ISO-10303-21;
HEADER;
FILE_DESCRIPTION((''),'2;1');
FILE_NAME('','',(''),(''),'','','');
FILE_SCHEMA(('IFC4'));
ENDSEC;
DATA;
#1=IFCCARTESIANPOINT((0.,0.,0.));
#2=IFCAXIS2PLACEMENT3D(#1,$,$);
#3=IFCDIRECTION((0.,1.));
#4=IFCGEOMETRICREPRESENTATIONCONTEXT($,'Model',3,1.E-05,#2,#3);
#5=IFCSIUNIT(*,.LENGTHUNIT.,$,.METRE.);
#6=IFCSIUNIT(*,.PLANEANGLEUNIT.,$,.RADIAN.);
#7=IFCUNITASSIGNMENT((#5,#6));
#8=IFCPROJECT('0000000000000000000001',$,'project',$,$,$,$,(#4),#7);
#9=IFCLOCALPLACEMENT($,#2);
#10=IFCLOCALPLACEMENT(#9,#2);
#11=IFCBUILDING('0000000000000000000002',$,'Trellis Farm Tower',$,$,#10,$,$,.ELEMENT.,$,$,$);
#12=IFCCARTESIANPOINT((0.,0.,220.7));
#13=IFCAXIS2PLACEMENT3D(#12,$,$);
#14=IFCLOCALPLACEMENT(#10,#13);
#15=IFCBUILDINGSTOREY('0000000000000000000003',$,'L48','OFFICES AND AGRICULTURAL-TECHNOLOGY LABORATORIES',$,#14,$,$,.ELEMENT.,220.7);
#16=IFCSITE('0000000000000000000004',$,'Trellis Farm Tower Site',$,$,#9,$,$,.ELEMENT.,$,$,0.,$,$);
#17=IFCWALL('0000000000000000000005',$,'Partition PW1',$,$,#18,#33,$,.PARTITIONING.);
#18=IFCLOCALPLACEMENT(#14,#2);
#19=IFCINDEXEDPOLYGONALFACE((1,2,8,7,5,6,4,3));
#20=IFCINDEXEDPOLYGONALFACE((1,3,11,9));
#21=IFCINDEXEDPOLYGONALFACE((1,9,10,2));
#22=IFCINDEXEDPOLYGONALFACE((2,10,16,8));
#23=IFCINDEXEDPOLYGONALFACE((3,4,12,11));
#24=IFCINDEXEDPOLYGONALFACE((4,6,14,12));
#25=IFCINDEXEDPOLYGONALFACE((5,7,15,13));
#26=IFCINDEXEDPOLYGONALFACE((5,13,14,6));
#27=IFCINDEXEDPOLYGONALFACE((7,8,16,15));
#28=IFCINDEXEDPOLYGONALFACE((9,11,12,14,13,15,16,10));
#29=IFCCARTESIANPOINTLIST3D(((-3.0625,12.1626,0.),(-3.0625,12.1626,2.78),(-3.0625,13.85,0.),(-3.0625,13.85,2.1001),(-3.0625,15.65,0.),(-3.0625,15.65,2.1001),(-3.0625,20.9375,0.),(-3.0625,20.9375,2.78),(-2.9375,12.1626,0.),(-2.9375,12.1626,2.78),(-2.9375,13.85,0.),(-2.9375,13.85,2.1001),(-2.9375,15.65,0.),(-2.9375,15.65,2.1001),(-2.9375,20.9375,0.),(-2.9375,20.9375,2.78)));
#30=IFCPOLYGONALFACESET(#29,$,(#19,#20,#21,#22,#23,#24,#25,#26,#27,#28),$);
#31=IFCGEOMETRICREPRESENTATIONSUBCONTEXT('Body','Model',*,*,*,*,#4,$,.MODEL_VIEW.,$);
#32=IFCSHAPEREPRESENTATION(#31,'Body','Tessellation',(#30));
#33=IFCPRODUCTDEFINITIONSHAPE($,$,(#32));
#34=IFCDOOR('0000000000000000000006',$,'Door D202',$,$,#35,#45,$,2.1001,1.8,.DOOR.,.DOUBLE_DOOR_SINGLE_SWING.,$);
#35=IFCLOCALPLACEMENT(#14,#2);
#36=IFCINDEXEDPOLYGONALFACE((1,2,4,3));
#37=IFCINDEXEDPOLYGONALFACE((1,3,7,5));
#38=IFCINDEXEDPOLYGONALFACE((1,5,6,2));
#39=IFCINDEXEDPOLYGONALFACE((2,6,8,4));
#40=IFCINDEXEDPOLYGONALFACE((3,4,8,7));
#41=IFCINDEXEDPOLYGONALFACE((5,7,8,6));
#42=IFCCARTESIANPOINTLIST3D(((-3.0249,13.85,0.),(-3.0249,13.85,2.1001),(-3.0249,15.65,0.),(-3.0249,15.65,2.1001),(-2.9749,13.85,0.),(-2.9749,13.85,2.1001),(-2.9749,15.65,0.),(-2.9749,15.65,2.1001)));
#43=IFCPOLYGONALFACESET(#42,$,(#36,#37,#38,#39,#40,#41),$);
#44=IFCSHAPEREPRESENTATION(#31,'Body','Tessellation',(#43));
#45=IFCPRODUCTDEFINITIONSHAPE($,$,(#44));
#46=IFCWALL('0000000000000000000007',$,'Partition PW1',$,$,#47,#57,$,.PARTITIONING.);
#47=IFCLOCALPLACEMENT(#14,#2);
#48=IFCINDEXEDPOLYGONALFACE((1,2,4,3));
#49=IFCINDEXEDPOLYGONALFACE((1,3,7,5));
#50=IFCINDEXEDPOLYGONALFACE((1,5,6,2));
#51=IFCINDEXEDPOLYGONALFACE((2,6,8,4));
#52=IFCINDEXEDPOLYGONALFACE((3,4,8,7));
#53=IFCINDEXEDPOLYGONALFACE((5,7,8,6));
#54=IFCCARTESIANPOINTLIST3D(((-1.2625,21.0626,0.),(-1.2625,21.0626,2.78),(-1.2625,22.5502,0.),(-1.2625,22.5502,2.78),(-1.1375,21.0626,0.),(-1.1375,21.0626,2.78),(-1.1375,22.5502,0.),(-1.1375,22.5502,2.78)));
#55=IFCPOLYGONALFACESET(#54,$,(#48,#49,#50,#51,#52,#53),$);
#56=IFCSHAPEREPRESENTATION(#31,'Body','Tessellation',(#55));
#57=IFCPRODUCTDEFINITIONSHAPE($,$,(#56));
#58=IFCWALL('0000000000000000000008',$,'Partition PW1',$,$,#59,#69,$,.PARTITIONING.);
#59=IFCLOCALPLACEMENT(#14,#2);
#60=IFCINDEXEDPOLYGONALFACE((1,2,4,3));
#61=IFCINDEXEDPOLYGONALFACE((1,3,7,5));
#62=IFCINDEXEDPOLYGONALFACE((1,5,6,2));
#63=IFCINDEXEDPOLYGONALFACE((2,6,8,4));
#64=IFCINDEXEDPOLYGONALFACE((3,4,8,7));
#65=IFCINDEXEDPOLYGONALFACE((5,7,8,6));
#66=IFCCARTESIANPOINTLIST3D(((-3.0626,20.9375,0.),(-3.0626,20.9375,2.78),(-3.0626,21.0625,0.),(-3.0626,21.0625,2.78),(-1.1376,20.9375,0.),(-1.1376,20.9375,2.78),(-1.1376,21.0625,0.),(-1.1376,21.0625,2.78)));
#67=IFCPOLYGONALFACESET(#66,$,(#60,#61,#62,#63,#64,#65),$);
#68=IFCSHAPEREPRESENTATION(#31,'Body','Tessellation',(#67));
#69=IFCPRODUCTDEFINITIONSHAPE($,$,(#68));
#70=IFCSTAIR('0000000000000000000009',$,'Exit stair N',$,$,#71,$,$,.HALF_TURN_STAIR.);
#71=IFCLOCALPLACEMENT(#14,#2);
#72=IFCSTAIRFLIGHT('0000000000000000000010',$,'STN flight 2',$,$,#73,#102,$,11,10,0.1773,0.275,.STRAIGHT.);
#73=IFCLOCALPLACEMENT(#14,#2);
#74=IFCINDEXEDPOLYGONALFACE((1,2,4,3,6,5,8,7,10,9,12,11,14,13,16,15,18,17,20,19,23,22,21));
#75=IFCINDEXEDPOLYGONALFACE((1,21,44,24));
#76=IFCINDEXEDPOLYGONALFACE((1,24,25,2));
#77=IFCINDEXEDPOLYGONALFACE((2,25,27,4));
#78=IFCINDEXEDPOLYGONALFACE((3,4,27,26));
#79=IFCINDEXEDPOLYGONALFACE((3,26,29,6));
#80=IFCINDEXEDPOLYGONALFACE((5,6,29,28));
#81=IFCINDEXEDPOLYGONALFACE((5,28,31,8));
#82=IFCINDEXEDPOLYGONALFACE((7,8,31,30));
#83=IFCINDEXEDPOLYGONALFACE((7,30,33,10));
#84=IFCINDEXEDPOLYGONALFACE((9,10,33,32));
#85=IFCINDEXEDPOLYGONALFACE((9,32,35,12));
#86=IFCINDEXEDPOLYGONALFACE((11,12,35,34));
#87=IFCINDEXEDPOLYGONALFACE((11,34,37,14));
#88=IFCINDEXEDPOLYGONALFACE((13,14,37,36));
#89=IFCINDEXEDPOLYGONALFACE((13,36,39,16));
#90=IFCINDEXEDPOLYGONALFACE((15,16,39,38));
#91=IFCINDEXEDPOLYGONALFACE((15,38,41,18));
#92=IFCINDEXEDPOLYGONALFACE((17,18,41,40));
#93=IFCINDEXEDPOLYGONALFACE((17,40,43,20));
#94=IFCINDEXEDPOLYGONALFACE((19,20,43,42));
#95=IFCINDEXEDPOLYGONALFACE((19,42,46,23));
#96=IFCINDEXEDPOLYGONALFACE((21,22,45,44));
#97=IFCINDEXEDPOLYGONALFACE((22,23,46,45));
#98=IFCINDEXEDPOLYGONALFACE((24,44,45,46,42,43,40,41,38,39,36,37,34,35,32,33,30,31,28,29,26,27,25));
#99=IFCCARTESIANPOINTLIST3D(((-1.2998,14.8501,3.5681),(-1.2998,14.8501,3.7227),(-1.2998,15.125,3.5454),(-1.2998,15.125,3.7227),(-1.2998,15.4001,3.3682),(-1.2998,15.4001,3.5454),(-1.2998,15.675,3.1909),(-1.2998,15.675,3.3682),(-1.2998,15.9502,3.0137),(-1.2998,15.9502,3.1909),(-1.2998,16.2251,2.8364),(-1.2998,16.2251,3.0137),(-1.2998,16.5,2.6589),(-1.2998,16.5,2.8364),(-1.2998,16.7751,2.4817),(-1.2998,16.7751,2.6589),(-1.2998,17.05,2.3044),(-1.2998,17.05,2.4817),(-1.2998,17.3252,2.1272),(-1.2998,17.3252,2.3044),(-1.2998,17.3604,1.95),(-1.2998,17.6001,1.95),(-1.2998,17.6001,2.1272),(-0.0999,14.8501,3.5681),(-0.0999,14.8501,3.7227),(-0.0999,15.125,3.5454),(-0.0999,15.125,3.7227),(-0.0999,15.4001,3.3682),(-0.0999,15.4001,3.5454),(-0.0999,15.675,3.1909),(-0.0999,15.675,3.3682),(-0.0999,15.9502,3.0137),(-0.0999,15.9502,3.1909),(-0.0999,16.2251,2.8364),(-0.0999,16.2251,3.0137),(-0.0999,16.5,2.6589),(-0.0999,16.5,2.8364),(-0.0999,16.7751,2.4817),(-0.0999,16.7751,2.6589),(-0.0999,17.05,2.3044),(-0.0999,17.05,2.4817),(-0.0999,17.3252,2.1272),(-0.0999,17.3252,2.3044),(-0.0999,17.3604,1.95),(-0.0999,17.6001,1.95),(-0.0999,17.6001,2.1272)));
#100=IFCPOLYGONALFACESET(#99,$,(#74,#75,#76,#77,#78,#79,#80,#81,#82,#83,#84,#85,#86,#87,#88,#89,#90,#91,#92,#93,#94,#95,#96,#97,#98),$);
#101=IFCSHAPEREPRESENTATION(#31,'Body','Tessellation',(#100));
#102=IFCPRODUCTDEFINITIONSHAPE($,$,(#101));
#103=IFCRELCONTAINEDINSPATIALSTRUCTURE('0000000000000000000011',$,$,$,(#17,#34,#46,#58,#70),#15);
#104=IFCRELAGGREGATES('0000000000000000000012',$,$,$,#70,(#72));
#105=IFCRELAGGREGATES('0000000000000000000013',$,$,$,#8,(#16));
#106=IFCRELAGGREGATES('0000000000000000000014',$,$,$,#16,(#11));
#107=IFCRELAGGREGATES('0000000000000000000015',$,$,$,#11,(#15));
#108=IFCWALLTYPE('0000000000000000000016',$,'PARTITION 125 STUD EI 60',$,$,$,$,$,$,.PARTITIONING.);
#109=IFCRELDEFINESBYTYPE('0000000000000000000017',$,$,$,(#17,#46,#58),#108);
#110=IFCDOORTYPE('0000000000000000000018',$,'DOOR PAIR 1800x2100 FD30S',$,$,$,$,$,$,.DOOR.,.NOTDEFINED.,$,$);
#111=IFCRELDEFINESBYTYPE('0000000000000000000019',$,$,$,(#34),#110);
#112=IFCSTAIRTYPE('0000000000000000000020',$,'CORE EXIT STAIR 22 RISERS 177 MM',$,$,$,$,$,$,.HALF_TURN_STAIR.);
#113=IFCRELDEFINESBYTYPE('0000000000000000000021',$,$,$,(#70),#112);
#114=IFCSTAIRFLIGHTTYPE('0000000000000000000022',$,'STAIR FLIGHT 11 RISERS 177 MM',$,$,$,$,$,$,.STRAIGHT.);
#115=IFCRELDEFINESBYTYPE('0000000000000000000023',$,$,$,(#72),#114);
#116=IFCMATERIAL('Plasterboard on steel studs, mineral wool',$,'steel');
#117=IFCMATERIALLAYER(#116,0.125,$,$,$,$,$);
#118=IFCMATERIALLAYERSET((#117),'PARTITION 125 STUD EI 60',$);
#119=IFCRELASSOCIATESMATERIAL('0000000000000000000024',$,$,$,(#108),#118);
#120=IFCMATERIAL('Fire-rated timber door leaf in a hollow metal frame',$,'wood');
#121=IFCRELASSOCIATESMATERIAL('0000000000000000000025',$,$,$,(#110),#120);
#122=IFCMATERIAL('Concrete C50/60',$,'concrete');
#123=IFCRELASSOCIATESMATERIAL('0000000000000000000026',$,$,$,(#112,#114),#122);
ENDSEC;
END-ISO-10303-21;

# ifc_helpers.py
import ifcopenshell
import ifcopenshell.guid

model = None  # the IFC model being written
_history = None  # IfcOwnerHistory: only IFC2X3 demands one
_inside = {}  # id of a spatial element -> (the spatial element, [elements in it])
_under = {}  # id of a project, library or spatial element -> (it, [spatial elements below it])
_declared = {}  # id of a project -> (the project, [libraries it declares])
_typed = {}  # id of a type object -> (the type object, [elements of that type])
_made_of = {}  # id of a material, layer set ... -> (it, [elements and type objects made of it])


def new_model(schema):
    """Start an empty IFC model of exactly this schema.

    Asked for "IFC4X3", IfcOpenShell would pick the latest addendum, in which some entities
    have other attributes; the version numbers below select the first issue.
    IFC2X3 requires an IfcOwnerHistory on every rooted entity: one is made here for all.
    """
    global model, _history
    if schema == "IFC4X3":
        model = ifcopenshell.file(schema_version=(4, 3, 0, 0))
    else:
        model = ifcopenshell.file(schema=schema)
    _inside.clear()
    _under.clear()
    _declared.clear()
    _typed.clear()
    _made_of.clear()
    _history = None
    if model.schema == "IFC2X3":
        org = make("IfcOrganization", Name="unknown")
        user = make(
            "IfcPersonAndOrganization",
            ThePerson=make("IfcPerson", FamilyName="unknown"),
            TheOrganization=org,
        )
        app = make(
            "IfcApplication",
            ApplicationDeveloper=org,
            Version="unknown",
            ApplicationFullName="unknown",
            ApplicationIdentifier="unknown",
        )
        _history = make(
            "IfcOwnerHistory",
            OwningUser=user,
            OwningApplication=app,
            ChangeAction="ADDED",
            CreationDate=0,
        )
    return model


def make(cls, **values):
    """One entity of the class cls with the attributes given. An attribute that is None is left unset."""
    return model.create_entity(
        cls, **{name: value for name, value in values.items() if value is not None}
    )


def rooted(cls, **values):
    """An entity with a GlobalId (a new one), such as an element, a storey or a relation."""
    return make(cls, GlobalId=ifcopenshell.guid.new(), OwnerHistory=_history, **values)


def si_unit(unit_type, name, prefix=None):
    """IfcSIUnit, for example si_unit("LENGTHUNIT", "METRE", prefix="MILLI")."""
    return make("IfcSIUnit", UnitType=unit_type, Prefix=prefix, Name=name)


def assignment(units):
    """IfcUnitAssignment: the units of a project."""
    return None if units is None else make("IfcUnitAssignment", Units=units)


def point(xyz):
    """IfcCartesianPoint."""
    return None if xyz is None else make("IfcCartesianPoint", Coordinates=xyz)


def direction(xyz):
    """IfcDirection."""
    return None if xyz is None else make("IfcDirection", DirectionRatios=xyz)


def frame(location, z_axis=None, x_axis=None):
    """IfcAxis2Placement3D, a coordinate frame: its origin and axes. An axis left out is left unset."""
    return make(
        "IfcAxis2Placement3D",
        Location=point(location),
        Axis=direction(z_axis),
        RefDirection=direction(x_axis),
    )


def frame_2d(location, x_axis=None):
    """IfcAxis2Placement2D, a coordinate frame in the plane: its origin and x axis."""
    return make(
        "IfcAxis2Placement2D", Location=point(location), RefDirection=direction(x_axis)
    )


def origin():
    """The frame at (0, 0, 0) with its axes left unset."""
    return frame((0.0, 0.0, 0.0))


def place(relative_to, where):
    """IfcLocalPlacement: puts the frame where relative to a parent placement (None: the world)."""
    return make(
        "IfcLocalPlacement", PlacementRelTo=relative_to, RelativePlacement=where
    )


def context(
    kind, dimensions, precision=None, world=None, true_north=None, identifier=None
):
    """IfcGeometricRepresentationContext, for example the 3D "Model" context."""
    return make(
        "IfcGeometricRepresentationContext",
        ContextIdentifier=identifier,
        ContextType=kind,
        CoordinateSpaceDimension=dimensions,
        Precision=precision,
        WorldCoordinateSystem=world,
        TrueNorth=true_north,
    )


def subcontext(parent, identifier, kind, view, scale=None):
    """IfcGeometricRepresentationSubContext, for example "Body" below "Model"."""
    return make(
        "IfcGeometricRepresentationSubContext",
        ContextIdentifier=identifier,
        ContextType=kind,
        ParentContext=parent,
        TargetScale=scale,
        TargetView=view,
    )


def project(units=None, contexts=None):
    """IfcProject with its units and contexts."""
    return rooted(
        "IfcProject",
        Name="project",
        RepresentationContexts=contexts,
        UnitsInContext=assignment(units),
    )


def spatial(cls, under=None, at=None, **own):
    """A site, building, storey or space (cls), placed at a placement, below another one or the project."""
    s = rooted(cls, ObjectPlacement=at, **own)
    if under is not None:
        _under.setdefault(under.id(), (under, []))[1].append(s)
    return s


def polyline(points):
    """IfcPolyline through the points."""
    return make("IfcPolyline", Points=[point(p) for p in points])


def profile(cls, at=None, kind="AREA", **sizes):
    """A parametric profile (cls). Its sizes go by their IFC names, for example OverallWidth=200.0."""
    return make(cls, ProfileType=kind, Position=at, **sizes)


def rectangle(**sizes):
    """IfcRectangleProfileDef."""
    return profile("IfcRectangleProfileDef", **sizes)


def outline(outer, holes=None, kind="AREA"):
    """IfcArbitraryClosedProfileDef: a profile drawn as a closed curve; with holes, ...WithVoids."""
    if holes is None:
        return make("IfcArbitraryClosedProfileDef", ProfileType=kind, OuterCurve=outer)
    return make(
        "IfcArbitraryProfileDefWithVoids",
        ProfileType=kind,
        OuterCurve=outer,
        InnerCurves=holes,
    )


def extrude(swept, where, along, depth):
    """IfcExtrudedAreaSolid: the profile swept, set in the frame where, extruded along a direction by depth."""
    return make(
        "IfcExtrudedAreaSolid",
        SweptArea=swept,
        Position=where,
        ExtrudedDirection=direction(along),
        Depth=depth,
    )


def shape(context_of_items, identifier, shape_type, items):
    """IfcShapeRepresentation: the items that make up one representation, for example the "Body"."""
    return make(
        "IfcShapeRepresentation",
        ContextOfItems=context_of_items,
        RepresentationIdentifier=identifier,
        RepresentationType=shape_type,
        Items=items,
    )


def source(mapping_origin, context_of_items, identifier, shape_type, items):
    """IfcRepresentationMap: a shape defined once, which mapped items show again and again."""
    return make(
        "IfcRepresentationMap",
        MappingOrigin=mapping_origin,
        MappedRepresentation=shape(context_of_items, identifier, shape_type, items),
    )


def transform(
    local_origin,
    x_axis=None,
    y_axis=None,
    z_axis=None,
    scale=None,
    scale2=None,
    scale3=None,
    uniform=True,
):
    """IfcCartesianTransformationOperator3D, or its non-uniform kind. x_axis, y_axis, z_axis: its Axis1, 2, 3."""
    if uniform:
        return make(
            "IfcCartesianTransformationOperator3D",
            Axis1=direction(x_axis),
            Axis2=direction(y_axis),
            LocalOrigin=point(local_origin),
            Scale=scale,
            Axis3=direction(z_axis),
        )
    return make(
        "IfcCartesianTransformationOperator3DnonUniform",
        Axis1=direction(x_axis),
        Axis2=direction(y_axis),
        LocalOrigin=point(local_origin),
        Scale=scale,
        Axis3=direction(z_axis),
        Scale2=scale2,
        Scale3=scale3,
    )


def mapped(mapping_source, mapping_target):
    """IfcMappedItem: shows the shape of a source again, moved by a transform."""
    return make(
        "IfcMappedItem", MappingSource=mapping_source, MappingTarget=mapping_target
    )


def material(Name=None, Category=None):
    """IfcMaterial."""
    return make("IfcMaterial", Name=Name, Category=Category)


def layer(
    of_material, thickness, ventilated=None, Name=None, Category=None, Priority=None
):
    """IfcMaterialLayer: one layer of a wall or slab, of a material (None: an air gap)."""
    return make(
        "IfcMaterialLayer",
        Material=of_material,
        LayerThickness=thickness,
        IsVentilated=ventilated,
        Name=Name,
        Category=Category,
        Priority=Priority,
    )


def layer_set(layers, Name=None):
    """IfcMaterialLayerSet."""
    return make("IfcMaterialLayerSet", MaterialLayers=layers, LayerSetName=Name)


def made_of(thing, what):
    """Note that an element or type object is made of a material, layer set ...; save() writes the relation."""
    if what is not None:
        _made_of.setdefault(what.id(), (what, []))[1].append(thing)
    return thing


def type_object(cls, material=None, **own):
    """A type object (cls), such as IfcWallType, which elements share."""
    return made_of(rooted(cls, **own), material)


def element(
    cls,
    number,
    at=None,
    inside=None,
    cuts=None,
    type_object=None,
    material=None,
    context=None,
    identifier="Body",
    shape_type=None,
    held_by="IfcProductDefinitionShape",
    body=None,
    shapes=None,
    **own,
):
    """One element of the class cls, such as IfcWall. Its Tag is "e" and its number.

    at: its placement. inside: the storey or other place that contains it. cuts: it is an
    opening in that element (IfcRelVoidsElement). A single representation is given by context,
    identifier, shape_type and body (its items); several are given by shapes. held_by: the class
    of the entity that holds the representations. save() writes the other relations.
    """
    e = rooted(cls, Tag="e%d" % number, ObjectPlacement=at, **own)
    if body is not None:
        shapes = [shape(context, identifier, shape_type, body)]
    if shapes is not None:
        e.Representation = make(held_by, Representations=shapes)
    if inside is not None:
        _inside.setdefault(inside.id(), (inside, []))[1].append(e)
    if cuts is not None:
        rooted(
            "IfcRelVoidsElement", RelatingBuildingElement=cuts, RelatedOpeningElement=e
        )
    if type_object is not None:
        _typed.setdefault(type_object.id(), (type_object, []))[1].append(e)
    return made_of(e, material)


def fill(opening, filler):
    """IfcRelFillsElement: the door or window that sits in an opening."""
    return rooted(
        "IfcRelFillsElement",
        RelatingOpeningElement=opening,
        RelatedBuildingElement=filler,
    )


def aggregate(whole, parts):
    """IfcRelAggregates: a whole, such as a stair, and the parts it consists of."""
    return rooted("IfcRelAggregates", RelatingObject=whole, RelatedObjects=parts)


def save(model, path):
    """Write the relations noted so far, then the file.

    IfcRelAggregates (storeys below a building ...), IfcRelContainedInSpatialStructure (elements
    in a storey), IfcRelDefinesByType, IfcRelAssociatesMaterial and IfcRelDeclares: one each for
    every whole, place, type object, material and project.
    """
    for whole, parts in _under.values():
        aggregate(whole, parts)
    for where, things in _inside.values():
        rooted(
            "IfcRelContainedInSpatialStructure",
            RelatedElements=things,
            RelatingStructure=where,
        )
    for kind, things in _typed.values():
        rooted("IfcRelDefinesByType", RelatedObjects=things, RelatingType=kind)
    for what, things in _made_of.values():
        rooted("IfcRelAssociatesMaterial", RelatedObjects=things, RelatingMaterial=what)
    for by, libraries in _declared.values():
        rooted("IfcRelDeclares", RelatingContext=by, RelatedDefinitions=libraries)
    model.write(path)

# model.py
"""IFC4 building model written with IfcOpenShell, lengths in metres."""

from ifc_helpers import new_model, si_unit, direction, frame, frame_2d, origin, place, context, subcontext, project, spatial, polyline, rectangle, outline, extrude, source, transform, mapped, material, layer, layer_set, type_object, element, fill, aggregate, save


model = new_model("IFC4")

# Units and contexts
model_context = context("Model", 3, precision=1e-05, world=origin(), true_north=direction((0.0, 1.0)))
body_context = subcontext(model_context, "Body", "Model", "MODEL_VIEW")
ifc_project = project(units=[si_unit("LENGTHUNIT", "METRE"), si_unit("PLANEANGLEUNIT", "RADIAN")], contexts=[model_context])

# Site, building, storey
site_placement = place(None, origin())
site = spatial("IfcSite", under=ifc_project, at=site_placement, Name="Trellis Farm Tower Site", CompositionType="ELEMENT", RefElevation=0.0)
building_placement = place(site_placement, origin())
building = spatial("IfcBuilding", under=site, at=building_placement, Name="Trellis Farm Tower", CompositionType="ELEMENT")
storey_placement = place(building_placement, frame((0.0, 0.0, 220.7)))
storey = spatial("IfcBuildingStorey", under=building, at=storey_placement, Name="L48", Description="OFFICES AND AGRICULTURAL-TECHNOLOGY LABORATORIES", CompositionType="ELEMENT", Elevation=220.7)

# Shared definitions
placement_1 = place(storey_placement, origin())

# Shared definitions
ifc_material_1 = material(Name="Plasterboard on steel studs, mineral wool", Category="steel")
ifc_layer_1 = layer(ifc_material_1, 0.125)
ifc_layer_set_1 = layer_set([ifc_layer_1], Name="PARTITION 125 STUD EI 60")
wall_type_1 = type_object("IfcWallType", Name="PARTITION 125 STUD EI 60", PredefinedType="PARTITIONING", material=ifc_layer_set_1)

# Wall, opening, door
shared_shape_1 = source(origin(), body_context, "Body", "SweptSolid", [
    extrude(rectangle(XDim=8.7749, YDim=0.125, at=frame_2d((4.3875, 0.0))), origin(), (0.0, 0.0, 1.0), 2.78),
])
wall_1_placement = place(storey_placement, frame((-3.0, 12.1626, 0.0), z_axis=(0.0, 0.0, 1.0), x_axis=(0.0, 1.0, 0.0)))
wall_1 = element("IfcWall", 1, at=wall_1_placement, inside=storey, type_object=wall_type_1, Name="Partition PW1", PredefinedType="PARTITIONING", context=body_context, shape_type="MappedRepresentation", body=[
    mapped(shared_shape_1, transform((0.0, 0.0, 0.0))),
])
shared_shape_2 = source(origin(), body_context, "Body", "SweptSolid", [
    extrude(rectangle(XDim=1.8, YDim=2.1001, at=frame_2d((0.8999, 1.05))), frame((0.0, 0.0725, 0.0), z_axis=(0.0, -1.0, 0.0), x_axis=(1.0, 0.0, 0.0)), (0.0, 0.0, 1.0), 0.145),
])
opening_1_placement = place(wall_1_placement, frame((1.6875, 0.0, 0.0)))
opening_1 = element("IfcOpeningElement", 2, at=opening_1_placement, cuts=wall_1, PredefinedType="OPENING", context=body_context, shape_type="MappedRepresentation", body=[
    mapped(shared_shape_2, transform((0.0, 0.0, 0.0))),
])
ifc_material_2 = material(Name="Fire-rated timber door leaf in a hollow metal frame", Category="wood")
door_type_1 = type_object("IfcDoorType", Name="DOOR PAIR 1800x2100 FD30S", OperationType="NOTDEFINED", PredefinedType="DOOR", material=ifc_material_2)
shared_shape_3 = source(origin(), body_context, "Body", "SweptSolid", [
    extrude(rectangle(XDim=1.8, YDim=2.1001, at=frame_2d((0.8999, 1.05))), frame((0.0, 0.0249, 0.0), z_axis=(0.0, -1.0, 0.0), x_axis=(1.0, 0.0, 0.0)), (0.0, 0.0, 1.0), 0.05),
])
door_1_placement = place(opening_1_placement, origin())
door_1 = element("IfcDoor", 3, at=door_1_placement, inside=storey, type_object=door_type_1, Name="Door D202", OperationType="DOUBLE_DOOR_SINGLE_SWING", OverallHeight=2.1001, OverallWidth=1.8, PredefinedType="DOOR", context=body_context, shape_type="MappedRepresentation", body=[
    mapped(shared_shape_3, transform((0.0, 0.0, 0.0))),
])
fill(opening_1, door_1)

# Walls
shared_shape_4 = source(origin(), body_context, "Body", "SweptSolid", [
    extrude(rectangle(XDim=1.4875, YDim=0.125, at=frame_2d((0.7437, 0.0))), origin(), (0.0, 0.0, 1.0), 2.78),
])
wall_2_placement = place(storey_placement, frame((-1.2, 22.55, 0.0), z_axis=(0.0, 0.0, 1.0), x_axis=(0.0, -1.0, 0.0)))
element("IfcWall", 4, at=wall_2_placement, inside=storey, type_object=wall_type_1, Name="Partition PW1", PredefinedType="PARTITIONING", context=body_context, shape_type="MappedRepresentation", body=[
    mapped(shared_shape_4, transform((0.0, 0.0, 0.0))),
])
shared_shape_5 = source(origin(), body_context, "Body", "SweptSolid", [
    extrude(rectangle(XDim=1.925, YDim=0.125, at=frame_2d((0.9624, 0.0))), origin(), (0.0, 0.0, 1.0), 2.78),
])
wall_3_placement = place(storey_placement, frame((-3.0625, 21.0, 0.0), z_axis=(0.0, 0.0, 1.0), x_axis=(1.0, 0.0, 0.0)))
element("IfcWall", 5, at=wall_3_placement, inside=storey, type_object=wall_type_1, Name="Partition PW1", PredefinedType="PARTITIONING", context=body_context, shape_type="MappedRepresentation", body=[
    mapped(shared_shape_5, transform((0.0, 0.0, 0.0))),
])

# Stair, stair flight
ifc_material_3 = material(Name="Concrete C50/60", Category="concrete")
stair_type = type_object("IfcStairType", Name="CORE EXIT STAIR 22 RISERS 177 MM", PredefinedType="HALF_TURN_STAIR", material=ifc_material_3)
stair = element("IfcStair", 6, at=placement_1, inside=storey, type_object=stair_type, Name="Exit stair N", PredefinedType="HALF_TURN_STAIR")
stair_flight_type = type_object("IfcStairFlightType", Name="STAIR FLIGHT 11 RISERS 177 MM", PredefinedType="STRAIGHT", material=ifc_material_3)
shared_shape_6 = source(origin(), body_context, "Body", "SweptSolid", [
    extrude(outline(polyline([(0.0, 0.0), (0.0, 0.1772), (0.2749, 0.1772), (0.2749, 0.3545), (0.55, 0.3545), (0.55, 0.5317), (0.825, 0.5317), (0.825, 0.709), (1.1001, 0.709), (1.1001, 0.8865), (1.375, 0.8865), (1.375, 1.0637), (1.6499, 1.0637), (1.6499, 1.241), (1.925, 1.241), (1.925, 1.4182), (2.2, 1.4182), (2.2, 1.5955), (2.4751, 1.5955), (2.4751, 1.7727), (2.75, 1.7727), (2.75, 1.95), (2.75, 1.6182), (0.2397, 0.0), (0.0, 0.0)])), frame((0.0, 0.6001, 0.0), z_axis=(0.0, -1.0, 0.0), x_axis=(1.0, 0.0, 0.0)), (0.0, 0.0, 1.0), 1.2),
])
stair_flight_placement = place(storey_placement, frame((-0.7, 17.6001, 1.95), z_axis=(0.0, 0.0, 1.0), x_axis=(0.0, -1.0, 0.0)))
stair_flight = element("IfcStairFlight", 7, at=stair_flight_placement, type_object=stair_flight_type, Name="STN flight 2", NumberOfRisers=11, NumberOfTreads=10, PredefinedType="STRAIGHT", RiserHeight=0.1773, TreadLength=0.275, context=body_context, shape_type="MappedRepresentation", body=[
    mapped(shared_shape_6, transform((0.0, 0.0, 0.0))),
])
aggregate(stair, [stair_flight])

save(model, "model.ifc")
